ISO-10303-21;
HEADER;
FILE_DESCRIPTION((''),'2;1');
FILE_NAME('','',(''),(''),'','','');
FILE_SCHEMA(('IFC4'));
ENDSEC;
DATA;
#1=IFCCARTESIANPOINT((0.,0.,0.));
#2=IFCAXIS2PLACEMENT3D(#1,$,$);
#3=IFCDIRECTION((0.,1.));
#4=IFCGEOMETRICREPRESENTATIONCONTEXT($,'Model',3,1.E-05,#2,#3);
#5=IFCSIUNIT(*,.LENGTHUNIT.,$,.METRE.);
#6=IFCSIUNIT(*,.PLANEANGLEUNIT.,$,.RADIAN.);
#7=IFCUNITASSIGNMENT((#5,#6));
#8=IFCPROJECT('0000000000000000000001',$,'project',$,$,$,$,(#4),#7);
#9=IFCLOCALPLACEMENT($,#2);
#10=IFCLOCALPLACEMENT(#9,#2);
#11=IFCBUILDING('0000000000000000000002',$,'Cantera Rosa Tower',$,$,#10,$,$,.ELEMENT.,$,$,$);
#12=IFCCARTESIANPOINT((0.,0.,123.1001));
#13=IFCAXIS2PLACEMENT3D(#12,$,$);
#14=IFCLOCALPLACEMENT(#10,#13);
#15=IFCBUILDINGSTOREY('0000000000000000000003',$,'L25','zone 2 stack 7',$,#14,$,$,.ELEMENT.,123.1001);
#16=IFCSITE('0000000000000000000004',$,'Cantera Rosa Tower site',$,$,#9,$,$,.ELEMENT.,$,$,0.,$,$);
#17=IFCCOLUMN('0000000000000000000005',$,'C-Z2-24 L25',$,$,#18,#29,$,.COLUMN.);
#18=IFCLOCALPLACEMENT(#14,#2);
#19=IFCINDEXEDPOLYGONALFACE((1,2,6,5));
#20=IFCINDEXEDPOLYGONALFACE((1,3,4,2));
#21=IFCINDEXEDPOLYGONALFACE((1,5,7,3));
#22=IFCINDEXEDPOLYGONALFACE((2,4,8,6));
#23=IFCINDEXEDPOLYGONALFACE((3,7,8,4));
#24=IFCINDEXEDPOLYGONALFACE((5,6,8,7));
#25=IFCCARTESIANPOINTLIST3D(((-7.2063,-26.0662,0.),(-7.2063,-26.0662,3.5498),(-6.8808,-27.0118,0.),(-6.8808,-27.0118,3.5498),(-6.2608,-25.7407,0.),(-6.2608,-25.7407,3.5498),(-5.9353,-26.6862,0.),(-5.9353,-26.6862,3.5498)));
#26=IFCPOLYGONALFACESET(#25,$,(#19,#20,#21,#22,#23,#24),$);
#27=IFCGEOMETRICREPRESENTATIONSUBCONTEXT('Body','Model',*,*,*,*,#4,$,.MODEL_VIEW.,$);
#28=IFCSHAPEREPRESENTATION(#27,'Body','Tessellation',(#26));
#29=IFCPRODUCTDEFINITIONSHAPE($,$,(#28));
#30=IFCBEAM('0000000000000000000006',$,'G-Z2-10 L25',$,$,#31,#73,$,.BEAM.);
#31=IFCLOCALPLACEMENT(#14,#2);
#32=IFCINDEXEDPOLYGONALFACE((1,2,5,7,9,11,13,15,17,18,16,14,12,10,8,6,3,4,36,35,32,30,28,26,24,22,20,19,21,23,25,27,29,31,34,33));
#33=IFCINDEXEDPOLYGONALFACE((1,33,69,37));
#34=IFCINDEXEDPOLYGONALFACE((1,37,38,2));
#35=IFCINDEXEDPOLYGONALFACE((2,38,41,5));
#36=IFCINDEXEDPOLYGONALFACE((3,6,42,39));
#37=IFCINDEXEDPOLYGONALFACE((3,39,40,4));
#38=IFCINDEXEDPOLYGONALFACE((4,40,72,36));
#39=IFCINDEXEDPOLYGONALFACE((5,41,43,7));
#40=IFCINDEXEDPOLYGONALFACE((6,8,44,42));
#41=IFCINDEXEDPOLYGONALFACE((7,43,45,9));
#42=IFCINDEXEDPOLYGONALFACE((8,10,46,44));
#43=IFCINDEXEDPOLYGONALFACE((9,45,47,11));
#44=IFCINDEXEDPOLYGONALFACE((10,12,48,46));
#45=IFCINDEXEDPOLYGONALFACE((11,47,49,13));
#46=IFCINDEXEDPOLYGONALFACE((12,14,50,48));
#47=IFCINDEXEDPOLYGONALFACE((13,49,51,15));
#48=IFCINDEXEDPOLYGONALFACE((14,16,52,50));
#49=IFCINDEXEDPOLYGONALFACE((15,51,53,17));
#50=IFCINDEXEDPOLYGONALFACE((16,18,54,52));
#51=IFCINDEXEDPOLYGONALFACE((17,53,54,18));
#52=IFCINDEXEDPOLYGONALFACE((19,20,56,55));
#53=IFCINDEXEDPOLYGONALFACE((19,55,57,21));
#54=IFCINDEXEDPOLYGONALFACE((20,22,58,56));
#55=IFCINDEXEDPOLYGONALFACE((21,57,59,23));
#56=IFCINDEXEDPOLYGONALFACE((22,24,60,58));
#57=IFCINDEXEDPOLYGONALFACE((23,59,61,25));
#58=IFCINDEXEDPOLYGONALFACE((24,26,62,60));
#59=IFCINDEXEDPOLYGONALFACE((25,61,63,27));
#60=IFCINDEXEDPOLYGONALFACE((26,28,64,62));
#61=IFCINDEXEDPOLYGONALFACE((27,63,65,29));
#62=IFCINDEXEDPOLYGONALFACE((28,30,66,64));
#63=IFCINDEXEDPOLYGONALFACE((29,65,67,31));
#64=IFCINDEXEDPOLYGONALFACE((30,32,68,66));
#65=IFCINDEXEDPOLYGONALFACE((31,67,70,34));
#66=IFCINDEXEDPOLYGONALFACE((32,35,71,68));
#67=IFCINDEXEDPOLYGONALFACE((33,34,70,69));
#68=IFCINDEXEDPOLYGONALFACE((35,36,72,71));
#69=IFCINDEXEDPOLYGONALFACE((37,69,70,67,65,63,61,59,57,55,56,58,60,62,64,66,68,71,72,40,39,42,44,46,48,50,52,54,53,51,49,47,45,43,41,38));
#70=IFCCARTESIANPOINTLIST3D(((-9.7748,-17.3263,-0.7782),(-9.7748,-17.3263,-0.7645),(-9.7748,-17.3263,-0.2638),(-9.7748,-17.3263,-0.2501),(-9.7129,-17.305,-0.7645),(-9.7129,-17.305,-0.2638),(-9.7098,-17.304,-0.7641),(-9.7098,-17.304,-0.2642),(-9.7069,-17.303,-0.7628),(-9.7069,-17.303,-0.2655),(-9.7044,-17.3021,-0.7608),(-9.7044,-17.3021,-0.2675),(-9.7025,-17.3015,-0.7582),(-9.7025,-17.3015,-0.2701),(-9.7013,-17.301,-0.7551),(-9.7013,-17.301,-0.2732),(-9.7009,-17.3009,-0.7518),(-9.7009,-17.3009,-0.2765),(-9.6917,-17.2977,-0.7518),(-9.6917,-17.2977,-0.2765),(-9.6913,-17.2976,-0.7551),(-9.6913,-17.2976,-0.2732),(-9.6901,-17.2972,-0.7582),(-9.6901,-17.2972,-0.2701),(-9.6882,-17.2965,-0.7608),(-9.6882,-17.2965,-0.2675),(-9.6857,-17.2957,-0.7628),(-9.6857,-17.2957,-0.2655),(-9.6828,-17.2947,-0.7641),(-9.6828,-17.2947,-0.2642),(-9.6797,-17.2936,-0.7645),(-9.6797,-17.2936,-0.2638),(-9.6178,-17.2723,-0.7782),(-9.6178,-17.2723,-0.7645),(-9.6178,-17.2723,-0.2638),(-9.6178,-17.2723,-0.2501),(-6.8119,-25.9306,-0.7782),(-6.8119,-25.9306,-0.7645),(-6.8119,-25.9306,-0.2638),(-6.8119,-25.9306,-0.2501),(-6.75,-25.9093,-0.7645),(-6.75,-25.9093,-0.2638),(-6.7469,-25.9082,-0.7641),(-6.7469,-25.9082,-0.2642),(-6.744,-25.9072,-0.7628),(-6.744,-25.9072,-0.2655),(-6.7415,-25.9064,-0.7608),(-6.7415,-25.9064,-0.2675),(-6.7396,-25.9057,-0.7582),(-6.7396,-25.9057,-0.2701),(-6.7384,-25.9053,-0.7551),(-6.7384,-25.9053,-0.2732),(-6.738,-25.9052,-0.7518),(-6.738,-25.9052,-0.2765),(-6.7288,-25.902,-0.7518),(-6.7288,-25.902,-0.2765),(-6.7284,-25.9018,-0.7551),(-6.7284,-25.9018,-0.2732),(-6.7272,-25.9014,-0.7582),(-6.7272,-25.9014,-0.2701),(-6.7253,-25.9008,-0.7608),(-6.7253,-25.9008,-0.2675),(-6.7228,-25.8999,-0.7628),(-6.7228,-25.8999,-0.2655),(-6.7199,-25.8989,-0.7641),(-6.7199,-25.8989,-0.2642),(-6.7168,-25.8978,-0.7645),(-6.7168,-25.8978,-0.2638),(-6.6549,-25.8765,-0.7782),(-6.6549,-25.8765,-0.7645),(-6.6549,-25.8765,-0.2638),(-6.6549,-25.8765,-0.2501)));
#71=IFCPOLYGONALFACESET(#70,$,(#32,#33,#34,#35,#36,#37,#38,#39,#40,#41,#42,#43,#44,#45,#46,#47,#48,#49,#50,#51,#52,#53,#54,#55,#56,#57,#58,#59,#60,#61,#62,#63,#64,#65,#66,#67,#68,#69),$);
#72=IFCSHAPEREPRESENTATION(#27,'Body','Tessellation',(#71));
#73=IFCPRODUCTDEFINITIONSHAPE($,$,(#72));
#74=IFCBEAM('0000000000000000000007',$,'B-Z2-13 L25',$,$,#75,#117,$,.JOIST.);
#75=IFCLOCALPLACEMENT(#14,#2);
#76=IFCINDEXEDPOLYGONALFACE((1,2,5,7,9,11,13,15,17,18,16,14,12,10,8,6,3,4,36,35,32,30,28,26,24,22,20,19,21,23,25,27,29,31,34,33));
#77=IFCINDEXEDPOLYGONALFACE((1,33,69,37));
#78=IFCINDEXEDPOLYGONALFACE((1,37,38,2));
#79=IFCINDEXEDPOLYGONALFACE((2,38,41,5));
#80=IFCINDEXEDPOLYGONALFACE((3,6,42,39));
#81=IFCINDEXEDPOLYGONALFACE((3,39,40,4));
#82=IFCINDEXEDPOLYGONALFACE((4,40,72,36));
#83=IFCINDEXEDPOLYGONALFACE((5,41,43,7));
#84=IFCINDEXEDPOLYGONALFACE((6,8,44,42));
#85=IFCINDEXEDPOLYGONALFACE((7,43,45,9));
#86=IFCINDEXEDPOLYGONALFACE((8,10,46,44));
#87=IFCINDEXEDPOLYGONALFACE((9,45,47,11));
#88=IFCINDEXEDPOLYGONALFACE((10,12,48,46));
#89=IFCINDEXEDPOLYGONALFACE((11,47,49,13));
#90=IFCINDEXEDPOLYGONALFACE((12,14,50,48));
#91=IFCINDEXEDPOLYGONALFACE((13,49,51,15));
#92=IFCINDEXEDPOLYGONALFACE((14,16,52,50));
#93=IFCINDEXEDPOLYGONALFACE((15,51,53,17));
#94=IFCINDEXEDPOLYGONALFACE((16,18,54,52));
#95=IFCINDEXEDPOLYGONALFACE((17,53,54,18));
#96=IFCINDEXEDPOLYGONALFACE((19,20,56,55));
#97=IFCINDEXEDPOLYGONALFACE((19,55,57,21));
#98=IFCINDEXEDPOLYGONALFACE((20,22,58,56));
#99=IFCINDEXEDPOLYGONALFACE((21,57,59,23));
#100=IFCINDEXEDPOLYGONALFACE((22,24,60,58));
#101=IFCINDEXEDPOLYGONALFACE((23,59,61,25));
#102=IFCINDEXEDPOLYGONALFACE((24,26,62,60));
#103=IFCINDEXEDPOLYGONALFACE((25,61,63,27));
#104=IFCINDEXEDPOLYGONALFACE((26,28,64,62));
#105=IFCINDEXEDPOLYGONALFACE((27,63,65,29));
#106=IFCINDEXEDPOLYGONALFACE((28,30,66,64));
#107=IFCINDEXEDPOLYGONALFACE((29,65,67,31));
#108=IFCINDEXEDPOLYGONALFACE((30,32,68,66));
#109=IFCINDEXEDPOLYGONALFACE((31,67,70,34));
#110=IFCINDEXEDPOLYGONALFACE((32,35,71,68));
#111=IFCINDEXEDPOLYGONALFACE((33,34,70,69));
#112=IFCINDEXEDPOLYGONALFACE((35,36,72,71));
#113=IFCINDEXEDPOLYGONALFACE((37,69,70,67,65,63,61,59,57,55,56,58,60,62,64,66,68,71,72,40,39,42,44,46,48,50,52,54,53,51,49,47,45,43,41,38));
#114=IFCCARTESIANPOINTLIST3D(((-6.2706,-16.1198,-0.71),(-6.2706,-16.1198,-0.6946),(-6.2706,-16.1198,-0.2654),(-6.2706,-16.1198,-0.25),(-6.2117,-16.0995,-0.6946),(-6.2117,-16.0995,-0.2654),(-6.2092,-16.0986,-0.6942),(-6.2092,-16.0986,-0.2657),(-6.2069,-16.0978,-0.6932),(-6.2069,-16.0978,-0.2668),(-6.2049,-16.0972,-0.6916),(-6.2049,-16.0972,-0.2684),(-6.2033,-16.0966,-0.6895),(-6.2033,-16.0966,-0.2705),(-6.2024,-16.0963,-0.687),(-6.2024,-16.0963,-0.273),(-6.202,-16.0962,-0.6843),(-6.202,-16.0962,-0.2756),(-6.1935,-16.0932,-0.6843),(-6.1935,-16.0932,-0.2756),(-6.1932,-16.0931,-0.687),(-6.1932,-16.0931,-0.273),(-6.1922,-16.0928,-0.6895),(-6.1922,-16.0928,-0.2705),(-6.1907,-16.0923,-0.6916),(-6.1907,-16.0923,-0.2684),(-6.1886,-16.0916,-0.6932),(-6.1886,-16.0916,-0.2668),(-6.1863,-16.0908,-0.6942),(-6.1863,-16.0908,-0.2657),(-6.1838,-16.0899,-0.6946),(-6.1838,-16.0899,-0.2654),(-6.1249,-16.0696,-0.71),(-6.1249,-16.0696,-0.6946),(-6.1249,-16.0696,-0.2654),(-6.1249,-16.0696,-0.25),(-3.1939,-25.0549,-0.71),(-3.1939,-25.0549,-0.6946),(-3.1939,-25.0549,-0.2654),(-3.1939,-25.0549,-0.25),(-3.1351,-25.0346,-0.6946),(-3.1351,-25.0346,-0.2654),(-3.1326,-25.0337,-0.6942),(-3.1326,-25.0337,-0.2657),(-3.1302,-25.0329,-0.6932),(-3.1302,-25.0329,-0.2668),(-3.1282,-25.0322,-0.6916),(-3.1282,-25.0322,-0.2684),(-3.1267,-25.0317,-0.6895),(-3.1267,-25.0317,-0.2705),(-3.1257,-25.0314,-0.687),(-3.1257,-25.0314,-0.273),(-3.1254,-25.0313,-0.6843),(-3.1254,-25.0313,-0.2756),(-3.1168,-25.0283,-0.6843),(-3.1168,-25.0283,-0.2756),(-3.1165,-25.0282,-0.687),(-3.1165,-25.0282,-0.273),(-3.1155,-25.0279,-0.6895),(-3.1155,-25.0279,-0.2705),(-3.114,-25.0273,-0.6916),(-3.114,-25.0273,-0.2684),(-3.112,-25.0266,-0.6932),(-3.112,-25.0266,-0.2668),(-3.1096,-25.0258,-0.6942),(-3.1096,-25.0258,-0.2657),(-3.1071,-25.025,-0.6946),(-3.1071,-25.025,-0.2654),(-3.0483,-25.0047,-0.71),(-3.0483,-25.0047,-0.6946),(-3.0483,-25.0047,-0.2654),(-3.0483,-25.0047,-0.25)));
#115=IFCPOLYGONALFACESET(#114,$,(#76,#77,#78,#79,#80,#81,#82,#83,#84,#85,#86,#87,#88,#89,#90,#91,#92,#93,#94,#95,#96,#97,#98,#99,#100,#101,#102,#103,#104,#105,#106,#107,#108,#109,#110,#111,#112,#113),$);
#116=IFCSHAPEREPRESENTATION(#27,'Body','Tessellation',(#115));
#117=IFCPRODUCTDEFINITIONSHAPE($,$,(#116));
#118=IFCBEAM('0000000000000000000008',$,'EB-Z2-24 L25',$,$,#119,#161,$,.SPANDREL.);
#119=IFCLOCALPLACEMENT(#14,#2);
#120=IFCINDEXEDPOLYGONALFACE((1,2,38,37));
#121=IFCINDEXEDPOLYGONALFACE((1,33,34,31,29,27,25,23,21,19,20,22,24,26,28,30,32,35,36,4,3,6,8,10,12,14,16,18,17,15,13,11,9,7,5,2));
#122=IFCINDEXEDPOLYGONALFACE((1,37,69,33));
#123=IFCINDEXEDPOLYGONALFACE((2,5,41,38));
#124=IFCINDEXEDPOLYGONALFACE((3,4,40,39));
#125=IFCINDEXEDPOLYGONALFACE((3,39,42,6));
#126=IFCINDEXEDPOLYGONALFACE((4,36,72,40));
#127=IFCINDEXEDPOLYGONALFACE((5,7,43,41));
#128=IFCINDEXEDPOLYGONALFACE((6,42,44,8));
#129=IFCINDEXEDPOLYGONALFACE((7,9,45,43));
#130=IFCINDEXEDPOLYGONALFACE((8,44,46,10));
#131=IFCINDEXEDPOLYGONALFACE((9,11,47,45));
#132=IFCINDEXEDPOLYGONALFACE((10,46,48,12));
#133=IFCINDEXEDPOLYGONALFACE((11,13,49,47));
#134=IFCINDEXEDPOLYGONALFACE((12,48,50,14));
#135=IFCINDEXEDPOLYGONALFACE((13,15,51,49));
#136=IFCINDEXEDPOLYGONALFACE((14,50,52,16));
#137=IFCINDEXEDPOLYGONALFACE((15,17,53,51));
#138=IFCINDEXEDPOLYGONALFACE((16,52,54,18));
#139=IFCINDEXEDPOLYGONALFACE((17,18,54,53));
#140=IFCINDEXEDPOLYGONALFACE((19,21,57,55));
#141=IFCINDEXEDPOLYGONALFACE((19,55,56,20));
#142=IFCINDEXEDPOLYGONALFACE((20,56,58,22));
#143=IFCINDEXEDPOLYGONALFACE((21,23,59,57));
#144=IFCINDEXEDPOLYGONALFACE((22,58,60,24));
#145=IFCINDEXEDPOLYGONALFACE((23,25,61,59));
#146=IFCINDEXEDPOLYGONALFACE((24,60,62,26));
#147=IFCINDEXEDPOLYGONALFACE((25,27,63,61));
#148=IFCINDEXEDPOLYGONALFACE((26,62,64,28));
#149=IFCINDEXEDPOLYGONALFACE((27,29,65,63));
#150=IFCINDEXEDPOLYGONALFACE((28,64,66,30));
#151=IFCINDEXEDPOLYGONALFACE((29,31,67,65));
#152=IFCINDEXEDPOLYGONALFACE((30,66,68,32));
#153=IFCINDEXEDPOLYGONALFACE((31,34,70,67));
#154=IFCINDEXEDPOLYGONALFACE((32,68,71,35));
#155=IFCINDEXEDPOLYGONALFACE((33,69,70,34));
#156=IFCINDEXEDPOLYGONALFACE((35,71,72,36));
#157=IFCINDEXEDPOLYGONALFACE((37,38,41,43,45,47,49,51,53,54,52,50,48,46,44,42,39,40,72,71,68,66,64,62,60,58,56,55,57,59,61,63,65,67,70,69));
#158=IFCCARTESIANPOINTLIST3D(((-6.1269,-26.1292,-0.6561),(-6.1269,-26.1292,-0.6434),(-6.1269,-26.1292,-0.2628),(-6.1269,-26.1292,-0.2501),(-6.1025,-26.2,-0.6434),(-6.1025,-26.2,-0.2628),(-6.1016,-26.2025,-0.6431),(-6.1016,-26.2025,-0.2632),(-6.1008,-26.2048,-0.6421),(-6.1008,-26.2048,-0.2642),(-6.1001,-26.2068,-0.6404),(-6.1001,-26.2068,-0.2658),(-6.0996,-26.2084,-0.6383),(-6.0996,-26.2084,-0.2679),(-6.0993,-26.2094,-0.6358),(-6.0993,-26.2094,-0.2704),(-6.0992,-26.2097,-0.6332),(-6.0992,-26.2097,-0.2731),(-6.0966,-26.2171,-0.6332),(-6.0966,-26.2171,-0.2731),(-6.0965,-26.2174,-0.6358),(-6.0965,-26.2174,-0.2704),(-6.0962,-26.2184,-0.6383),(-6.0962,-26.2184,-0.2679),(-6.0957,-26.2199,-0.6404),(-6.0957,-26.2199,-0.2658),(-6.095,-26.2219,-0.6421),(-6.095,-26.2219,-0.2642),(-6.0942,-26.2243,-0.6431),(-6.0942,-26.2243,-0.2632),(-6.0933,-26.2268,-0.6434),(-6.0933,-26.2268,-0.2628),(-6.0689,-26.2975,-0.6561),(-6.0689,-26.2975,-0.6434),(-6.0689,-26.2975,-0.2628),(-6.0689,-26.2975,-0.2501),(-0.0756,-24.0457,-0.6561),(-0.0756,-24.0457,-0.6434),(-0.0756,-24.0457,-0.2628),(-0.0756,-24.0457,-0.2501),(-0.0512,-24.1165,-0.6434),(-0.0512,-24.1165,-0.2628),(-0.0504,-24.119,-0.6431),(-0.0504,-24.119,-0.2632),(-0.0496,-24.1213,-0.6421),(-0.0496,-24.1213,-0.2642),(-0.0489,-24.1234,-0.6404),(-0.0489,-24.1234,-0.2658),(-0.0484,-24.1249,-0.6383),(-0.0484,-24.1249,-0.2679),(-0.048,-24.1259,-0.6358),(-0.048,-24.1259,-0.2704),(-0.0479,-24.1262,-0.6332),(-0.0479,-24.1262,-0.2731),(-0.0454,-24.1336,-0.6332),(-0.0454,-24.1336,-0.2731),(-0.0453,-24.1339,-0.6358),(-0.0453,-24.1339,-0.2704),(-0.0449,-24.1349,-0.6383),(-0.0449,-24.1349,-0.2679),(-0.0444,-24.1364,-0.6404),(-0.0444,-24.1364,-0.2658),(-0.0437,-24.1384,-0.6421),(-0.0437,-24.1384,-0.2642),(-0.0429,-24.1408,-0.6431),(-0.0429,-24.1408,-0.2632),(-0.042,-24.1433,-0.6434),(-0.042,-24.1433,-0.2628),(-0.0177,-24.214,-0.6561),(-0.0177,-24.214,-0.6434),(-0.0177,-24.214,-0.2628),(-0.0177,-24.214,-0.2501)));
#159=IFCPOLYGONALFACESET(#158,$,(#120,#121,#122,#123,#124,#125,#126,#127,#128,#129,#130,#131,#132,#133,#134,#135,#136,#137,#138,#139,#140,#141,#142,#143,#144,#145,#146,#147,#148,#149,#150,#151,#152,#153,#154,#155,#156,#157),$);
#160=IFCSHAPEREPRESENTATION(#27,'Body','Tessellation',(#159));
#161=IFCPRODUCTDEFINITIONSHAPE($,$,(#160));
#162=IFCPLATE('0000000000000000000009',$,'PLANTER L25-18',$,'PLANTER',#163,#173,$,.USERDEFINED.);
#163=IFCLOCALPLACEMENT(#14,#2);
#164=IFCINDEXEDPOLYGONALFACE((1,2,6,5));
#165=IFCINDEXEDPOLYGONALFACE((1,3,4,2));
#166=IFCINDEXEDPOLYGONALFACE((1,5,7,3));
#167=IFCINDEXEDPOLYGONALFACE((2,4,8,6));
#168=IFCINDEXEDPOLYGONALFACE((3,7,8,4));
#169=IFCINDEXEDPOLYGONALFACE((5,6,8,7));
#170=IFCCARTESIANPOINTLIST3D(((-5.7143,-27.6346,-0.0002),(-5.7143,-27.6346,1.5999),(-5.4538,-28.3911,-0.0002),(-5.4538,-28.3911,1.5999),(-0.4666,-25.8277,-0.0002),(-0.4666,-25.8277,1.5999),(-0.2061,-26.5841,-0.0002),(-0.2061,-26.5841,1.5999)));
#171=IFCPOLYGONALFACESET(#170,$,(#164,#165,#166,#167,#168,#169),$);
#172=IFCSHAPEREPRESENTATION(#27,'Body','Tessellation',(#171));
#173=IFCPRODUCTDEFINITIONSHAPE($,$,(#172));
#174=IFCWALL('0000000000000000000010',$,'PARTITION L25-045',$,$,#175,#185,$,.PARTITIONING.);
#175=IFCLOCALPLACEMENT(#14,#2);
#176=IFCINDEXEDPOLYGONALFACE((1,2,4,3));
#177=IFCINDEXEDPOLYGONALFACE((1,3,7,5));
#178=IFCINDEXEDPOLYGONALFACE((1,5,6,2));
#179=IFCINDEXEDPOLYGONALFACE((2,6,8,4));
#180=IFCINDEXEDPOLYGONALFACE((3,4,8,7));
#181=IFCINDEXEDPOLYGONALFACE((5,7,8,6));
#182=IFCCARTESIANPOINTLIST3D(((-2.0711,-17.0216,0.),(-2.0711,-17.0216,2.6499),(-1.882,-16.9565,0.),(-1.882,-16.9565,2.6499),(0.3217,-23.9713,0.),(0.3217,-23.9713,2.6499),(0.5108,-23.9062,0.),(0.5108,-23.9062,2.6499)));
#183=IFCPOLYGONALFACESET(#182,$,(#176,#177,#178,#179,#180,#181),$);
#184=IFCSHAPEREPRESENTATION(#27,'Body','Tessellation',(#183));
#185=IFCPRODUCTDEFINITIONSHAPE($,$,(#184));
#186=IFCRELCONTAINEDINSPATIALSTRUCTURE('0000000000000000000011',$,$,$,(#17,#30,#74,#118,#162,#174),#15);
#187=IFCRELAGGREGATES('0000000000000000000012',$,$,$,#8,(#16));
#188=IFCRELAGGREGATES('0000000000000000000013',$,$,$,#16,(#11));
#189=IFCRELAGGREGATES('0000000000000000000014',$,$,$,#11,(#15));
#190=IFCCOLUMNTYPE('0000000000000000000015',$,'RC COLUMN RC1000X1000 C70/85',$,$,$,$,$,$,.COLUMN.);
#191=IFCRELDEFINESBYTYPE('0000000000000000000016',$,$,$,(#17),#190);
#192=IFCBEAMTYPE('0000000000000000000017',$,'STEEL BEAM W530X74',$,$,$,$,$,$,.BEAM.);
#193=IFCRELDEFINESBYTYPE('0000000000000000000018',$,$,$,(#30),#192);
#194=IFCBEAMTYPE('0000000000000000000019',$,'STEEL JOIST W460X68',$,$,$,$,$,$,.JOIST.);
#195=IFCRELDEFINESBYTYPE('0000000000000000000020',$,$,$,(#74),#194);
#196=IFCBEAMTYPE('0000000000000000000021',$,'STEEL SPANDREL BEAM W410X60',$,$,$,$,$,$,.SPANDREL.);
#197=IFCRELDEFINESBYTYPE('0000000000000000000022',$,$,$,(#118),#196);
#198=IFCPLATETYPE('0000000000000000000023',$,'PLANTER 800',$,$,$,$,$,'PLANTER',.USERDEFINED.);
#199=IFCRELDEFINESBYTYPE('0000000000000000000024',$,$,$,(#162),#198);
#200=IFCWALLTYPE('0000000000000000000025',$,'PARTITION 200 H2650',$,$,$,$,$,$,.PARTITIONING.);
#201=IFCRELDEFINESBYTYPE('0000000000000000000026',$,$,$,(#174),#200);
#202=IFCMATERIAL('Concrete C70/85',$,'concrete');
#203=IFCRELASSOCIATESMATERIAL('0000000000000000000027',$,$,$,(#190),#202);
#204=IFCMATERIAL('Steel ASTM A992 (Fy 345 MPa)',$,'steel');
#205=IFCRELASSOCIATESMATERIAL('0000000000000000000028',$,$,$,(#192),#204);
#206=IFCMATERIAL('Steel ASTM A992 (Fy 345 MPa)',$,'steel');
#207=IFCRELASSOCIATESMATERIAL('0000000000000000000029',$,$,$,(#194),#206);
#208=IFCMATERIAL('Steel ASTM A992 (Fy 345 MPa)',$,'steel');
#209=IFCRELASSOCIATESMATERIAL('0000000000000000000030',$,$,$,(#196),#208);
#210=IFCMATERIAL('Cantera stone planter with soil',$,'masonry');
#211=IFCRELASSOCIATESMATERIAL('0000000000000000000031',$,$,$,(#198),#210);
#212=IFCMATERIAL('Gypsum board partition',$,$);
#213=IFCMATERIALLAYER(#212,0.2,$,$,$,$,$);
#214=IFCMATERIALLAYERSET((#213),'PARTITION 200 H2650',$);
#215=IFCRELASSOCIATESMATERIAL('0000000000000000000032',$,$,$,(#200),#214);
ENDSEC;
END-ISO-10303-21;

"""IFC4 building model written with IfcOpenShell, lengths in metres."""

from ifc_helpers import new_model, si_unit, direction, frame, frame_2d, origin, origin_2d, place, context, subcontext, project, spatial, rectangle, i_section, extrude, material, layer, layer_set, material_profile, profile_set, type_object, element, save


model = new_model("IFC4")

# Units and contexts
model_context = context("Model", 3, precision=1e-05, world=origin(), true_north=direction((0.0, 1.0)))
body_context = subcontext(model_context, "Body", "Model", "MODEL_VIEW")
ifc_project = project(units=[si_unit("LENGTHUNIT", "METRE"), si_unit("PLANEANGLEUNIT", "RADIAN")], contexts=[model_context])

# Site, building, storey
site_placement = place(None, origin())
site = spatial("IfcSite", under=ifc_project, at=site_placement, Name="Cantera Rosa Tower site", CompositionType="ELEMENT", RefElevation=0.0)
building_placement = place(site_placement, origin())
building = spatial("IfcBuilding", under=site, at=building_placement, Name="Cantera Rosa Tower", CompositionType="ELEMENT")
storey_placement = place(building_placement, frame((0.0, 0.0, 123.1001)))
storey = spatial("IfcBuildingStorey", under=building, at=storey_placement, Name="L25", Description="zone 2 stack 7", CompositionType="ELEMENT", Elevation=123.1001)

# Column
ifc_material_1 = material(Name="Concrete C70/85", Category="concrete")
ifc_material_profile_1 = material_profile(ifc_material_1, rectangle(XDim=1.0, YDim=1.0, at=origin_2d()), Name="RC COLUMN RC1000X1000 C70/85")
ifc_profile_set_1 = profile_set([ifc_material_profile_1], Name="Concrete C70/85")
column_type = type_object("IfcColumnType", Name="RC COLUMN RC1000X1000 C70/85", PredefinedType="COLUMN", material=ifc_profile_set_1)
column_placement = place(storey_placement, frame((-6.5708, -26.3762, 0.0), z_axis=(0.0, 0.0, 1.0), x_axis=(0.945519, 0.325568, 0.0)))
element("IfcColumn", 1, at=column_placement, inside=storey, type_object=column_type, Name="C-Z2-24 L25", PredefinedType="COLUMN", context=body_context, shape_type="SweptSolid", body=[
    extrude(rectangle(XDim=1.0, YDim=1.0, at=origin_2d()), origin(), (0.0, 0.0, 1.0), 3.5498),
])

# Beams
ifc_material_2 = material(Name="Steel ASTM A992 (Fy 345 MPa)", Category="steel")
ifc_material_profile_2 = material_profile(ifc_material_2, i_section(OverallWidth=0.166, OverallDepth=0.5281, WebThickness=0.0098, FlangeThickness=0.0137, FilletRadius=0.0127, at=origin_2d()), Name="W530X74")
ifc_profile_set_2 = profile_set([ifc_material_profile_2], Name="Steel ASTM A992 (Fy 345 MPa)")
beam_type_1 = type_object("IfcBeamType", Name="STEEL BEAM W530X74", PredefinedType="BEAM", material=ifc_profile_set_2)
beam_1_placement = place(storey_placement, frame((-6.7334, -25.9036, -0.5142), z_axis=(-0.325589, 0.945511, 0.0), x_axis=(-0.945511, -0.325589, 0.0)))
element("IfcBeam", 2, at=beam_1_placement, inside=storey, type_object=beam_type_1, Name="G-Z2-10 L25", PredefinedType="BEAM", context=body_context, shape_type="SweptSolid", body=[
    extrude(i_section(OverallWidth=0.166, OverallDepth=0.5281, WebThickness=0.0098, FlangeThickness=0.0137, FilletRadius=0.0127, at=origin_2d()), origin(), (0.0, 0.0, 1.0), 9.1001),
])
ifc_material_3 = material(Name="Steel ASTM A992 (Fy 345 MPa)", Category="steel")
ifc_material_profile_3 = material_profile(ifc_material_3, i_section(OverallWidth=0.1541, OverallDepth=0.46, WebThickness=0.009, FlangeThickness=0.0154, FilletRadius=0.0103, at=origin_2d()), Name="W460X68")
ifc_profile_set_3 = profile_set([ifc_material_profile_3], Name="Steel ASTM A992 (Fy 345 MPa)")
beam_type_2 = type_object("IfcBeamType", Name="STEEL JOIST W460X68", PredefinedType="JOIST", material=ifc_profile_set_3)
beam_2_placement = place(storey_placement, frame((-3.1211, -25.0298, -0.48), z_axis=(-0.325575, 0.945516, 0.0), x_axis=(-0.945516, -0.325575, 0.0)))
element("IfcBeam", 3, at=beam_2_placement, inside=storey, type_object=beam_type_2, Name="B-Z2-13 L25", PredefinedType="JOIST", context=body_context, shape_type="SweptSolid", body=[
    extrude(i_section(OverallWidth=0.1541, OverallDepth=0.46, WebThickness=0.009, FlangeThickness=0.0154, FilletRadius=0.0103, at=origin_2d()), origin(), (0.0, 0.0, 1.0), 9.45),
])
ifc_material_4 = material(Name="Steel ASTM A992 (Fy 345 MPa)", Category="steel")
ifc_material_profile_4 = material_profile(ifc_material_4, i_section(OverallWidth=0.178, OverallDepth=0.406, WebThickness=0.0078, FlangeThickness=0.0127, FilletRadius=0.0103, at=origin_2d()), Name="W410X60")
ifc_profile_set_4 = profile_set([ifc_material_profile_4], Name="Steel ASTM A992 (Fy 345 MPa)")
beam_type_3 = type_object("IfcBeamType", Name="STEEL SPANDREL BEAM W410X60", PredefinedType="SPANDREL", material=ifc_profile_set_4)
beam_3_placement = place(storey_placement, frame((-6.0979, -26.2134, -0.4531), z_axis=(0.945524, 0.325551, 0.0), x_axis=(-0.325551, 0.945524, 0.0)))
element("IfcBeam", 4, at=beam_3_placement, inside=storey, type_object=beam_type_3, Name="EB-Z2-24 L25", PredefinedType="SPANDREL", context=body_context, shape_type="SweptSolid", body=[
    extrude(i_section(OverallWidth=0.178, OverallDepth=0.406, WebThickness=0.0078, FlangeThickness=0.0127, FilletRadius=0.0103, at=origin_2d()), origin(), (0.0, 0.0, 1.0), 6.3999),
])

# Plate
ifc_material_5 = material(Name="Cantera stone planter with soil", Category="masonry")
plate_type = type_object("IfcPlateType", Name="PLANTER 800", ElementType="PLANTER", PredefinedType="USERDEFINED", material=ifc_material_5)
plate_placement = place(storey_placement, frame((-2.9602, -27.1094, -0.0002), z_axis=(0.0, 0.0, 1.0), x_axis=(0.945519, 0.325568, 0.0)))
element("IfcPlate", 5, at=plate_placement, inside=storey, type_object=plate_type, Name="PLANTER L25-18", ObjectType="PLANTER", PredefinedType="USERDEFINED", context=body_context, shape_type="SweptSolid", body=[
    extrude(rectangle(XDim=5.55, YDim=0.8, at=origin_2d()), origin(), (0.0, 0.0, 1.0), 1.6001),
])

# Wall
ifc_material_6 = material(Name="Gypsum board partition")
ifc_layer_1 = layer(ifc_material_6, 0.2)
ifc_layer_set_1 = layer_set([ifc_layer_1], Name="PARTITION 200 H2650")
wall_type_1 = type_object("IfcWallType", Name="PARTITION 200 H2650", PredefinedType="PARTITIONING", material=ifc_layer_set_1)
wall_1_placement = place(storey_placement, frame((-1.9766, -16.989, 0.0), z_axis=(0.0, 0.0, 1.0), x_axis=(0.325549, -0.945525, 0.0)))
element("IfcWall", 6, at=wall_1_placement, inside=storey, type_object=wall_type_1, Name="PARTITION L25-045", PredefinedType="PARTITIONING", context=body_context, shape_type="SweptSolid", body=[
    extrude(rectangle(XDim=7.3501, YDim=0.2, at=frame_2d((3.675, 0.0))), origin(), (0.0, 0.0, 1.0), 2.6499),
])

save(model, "model.ifc")
